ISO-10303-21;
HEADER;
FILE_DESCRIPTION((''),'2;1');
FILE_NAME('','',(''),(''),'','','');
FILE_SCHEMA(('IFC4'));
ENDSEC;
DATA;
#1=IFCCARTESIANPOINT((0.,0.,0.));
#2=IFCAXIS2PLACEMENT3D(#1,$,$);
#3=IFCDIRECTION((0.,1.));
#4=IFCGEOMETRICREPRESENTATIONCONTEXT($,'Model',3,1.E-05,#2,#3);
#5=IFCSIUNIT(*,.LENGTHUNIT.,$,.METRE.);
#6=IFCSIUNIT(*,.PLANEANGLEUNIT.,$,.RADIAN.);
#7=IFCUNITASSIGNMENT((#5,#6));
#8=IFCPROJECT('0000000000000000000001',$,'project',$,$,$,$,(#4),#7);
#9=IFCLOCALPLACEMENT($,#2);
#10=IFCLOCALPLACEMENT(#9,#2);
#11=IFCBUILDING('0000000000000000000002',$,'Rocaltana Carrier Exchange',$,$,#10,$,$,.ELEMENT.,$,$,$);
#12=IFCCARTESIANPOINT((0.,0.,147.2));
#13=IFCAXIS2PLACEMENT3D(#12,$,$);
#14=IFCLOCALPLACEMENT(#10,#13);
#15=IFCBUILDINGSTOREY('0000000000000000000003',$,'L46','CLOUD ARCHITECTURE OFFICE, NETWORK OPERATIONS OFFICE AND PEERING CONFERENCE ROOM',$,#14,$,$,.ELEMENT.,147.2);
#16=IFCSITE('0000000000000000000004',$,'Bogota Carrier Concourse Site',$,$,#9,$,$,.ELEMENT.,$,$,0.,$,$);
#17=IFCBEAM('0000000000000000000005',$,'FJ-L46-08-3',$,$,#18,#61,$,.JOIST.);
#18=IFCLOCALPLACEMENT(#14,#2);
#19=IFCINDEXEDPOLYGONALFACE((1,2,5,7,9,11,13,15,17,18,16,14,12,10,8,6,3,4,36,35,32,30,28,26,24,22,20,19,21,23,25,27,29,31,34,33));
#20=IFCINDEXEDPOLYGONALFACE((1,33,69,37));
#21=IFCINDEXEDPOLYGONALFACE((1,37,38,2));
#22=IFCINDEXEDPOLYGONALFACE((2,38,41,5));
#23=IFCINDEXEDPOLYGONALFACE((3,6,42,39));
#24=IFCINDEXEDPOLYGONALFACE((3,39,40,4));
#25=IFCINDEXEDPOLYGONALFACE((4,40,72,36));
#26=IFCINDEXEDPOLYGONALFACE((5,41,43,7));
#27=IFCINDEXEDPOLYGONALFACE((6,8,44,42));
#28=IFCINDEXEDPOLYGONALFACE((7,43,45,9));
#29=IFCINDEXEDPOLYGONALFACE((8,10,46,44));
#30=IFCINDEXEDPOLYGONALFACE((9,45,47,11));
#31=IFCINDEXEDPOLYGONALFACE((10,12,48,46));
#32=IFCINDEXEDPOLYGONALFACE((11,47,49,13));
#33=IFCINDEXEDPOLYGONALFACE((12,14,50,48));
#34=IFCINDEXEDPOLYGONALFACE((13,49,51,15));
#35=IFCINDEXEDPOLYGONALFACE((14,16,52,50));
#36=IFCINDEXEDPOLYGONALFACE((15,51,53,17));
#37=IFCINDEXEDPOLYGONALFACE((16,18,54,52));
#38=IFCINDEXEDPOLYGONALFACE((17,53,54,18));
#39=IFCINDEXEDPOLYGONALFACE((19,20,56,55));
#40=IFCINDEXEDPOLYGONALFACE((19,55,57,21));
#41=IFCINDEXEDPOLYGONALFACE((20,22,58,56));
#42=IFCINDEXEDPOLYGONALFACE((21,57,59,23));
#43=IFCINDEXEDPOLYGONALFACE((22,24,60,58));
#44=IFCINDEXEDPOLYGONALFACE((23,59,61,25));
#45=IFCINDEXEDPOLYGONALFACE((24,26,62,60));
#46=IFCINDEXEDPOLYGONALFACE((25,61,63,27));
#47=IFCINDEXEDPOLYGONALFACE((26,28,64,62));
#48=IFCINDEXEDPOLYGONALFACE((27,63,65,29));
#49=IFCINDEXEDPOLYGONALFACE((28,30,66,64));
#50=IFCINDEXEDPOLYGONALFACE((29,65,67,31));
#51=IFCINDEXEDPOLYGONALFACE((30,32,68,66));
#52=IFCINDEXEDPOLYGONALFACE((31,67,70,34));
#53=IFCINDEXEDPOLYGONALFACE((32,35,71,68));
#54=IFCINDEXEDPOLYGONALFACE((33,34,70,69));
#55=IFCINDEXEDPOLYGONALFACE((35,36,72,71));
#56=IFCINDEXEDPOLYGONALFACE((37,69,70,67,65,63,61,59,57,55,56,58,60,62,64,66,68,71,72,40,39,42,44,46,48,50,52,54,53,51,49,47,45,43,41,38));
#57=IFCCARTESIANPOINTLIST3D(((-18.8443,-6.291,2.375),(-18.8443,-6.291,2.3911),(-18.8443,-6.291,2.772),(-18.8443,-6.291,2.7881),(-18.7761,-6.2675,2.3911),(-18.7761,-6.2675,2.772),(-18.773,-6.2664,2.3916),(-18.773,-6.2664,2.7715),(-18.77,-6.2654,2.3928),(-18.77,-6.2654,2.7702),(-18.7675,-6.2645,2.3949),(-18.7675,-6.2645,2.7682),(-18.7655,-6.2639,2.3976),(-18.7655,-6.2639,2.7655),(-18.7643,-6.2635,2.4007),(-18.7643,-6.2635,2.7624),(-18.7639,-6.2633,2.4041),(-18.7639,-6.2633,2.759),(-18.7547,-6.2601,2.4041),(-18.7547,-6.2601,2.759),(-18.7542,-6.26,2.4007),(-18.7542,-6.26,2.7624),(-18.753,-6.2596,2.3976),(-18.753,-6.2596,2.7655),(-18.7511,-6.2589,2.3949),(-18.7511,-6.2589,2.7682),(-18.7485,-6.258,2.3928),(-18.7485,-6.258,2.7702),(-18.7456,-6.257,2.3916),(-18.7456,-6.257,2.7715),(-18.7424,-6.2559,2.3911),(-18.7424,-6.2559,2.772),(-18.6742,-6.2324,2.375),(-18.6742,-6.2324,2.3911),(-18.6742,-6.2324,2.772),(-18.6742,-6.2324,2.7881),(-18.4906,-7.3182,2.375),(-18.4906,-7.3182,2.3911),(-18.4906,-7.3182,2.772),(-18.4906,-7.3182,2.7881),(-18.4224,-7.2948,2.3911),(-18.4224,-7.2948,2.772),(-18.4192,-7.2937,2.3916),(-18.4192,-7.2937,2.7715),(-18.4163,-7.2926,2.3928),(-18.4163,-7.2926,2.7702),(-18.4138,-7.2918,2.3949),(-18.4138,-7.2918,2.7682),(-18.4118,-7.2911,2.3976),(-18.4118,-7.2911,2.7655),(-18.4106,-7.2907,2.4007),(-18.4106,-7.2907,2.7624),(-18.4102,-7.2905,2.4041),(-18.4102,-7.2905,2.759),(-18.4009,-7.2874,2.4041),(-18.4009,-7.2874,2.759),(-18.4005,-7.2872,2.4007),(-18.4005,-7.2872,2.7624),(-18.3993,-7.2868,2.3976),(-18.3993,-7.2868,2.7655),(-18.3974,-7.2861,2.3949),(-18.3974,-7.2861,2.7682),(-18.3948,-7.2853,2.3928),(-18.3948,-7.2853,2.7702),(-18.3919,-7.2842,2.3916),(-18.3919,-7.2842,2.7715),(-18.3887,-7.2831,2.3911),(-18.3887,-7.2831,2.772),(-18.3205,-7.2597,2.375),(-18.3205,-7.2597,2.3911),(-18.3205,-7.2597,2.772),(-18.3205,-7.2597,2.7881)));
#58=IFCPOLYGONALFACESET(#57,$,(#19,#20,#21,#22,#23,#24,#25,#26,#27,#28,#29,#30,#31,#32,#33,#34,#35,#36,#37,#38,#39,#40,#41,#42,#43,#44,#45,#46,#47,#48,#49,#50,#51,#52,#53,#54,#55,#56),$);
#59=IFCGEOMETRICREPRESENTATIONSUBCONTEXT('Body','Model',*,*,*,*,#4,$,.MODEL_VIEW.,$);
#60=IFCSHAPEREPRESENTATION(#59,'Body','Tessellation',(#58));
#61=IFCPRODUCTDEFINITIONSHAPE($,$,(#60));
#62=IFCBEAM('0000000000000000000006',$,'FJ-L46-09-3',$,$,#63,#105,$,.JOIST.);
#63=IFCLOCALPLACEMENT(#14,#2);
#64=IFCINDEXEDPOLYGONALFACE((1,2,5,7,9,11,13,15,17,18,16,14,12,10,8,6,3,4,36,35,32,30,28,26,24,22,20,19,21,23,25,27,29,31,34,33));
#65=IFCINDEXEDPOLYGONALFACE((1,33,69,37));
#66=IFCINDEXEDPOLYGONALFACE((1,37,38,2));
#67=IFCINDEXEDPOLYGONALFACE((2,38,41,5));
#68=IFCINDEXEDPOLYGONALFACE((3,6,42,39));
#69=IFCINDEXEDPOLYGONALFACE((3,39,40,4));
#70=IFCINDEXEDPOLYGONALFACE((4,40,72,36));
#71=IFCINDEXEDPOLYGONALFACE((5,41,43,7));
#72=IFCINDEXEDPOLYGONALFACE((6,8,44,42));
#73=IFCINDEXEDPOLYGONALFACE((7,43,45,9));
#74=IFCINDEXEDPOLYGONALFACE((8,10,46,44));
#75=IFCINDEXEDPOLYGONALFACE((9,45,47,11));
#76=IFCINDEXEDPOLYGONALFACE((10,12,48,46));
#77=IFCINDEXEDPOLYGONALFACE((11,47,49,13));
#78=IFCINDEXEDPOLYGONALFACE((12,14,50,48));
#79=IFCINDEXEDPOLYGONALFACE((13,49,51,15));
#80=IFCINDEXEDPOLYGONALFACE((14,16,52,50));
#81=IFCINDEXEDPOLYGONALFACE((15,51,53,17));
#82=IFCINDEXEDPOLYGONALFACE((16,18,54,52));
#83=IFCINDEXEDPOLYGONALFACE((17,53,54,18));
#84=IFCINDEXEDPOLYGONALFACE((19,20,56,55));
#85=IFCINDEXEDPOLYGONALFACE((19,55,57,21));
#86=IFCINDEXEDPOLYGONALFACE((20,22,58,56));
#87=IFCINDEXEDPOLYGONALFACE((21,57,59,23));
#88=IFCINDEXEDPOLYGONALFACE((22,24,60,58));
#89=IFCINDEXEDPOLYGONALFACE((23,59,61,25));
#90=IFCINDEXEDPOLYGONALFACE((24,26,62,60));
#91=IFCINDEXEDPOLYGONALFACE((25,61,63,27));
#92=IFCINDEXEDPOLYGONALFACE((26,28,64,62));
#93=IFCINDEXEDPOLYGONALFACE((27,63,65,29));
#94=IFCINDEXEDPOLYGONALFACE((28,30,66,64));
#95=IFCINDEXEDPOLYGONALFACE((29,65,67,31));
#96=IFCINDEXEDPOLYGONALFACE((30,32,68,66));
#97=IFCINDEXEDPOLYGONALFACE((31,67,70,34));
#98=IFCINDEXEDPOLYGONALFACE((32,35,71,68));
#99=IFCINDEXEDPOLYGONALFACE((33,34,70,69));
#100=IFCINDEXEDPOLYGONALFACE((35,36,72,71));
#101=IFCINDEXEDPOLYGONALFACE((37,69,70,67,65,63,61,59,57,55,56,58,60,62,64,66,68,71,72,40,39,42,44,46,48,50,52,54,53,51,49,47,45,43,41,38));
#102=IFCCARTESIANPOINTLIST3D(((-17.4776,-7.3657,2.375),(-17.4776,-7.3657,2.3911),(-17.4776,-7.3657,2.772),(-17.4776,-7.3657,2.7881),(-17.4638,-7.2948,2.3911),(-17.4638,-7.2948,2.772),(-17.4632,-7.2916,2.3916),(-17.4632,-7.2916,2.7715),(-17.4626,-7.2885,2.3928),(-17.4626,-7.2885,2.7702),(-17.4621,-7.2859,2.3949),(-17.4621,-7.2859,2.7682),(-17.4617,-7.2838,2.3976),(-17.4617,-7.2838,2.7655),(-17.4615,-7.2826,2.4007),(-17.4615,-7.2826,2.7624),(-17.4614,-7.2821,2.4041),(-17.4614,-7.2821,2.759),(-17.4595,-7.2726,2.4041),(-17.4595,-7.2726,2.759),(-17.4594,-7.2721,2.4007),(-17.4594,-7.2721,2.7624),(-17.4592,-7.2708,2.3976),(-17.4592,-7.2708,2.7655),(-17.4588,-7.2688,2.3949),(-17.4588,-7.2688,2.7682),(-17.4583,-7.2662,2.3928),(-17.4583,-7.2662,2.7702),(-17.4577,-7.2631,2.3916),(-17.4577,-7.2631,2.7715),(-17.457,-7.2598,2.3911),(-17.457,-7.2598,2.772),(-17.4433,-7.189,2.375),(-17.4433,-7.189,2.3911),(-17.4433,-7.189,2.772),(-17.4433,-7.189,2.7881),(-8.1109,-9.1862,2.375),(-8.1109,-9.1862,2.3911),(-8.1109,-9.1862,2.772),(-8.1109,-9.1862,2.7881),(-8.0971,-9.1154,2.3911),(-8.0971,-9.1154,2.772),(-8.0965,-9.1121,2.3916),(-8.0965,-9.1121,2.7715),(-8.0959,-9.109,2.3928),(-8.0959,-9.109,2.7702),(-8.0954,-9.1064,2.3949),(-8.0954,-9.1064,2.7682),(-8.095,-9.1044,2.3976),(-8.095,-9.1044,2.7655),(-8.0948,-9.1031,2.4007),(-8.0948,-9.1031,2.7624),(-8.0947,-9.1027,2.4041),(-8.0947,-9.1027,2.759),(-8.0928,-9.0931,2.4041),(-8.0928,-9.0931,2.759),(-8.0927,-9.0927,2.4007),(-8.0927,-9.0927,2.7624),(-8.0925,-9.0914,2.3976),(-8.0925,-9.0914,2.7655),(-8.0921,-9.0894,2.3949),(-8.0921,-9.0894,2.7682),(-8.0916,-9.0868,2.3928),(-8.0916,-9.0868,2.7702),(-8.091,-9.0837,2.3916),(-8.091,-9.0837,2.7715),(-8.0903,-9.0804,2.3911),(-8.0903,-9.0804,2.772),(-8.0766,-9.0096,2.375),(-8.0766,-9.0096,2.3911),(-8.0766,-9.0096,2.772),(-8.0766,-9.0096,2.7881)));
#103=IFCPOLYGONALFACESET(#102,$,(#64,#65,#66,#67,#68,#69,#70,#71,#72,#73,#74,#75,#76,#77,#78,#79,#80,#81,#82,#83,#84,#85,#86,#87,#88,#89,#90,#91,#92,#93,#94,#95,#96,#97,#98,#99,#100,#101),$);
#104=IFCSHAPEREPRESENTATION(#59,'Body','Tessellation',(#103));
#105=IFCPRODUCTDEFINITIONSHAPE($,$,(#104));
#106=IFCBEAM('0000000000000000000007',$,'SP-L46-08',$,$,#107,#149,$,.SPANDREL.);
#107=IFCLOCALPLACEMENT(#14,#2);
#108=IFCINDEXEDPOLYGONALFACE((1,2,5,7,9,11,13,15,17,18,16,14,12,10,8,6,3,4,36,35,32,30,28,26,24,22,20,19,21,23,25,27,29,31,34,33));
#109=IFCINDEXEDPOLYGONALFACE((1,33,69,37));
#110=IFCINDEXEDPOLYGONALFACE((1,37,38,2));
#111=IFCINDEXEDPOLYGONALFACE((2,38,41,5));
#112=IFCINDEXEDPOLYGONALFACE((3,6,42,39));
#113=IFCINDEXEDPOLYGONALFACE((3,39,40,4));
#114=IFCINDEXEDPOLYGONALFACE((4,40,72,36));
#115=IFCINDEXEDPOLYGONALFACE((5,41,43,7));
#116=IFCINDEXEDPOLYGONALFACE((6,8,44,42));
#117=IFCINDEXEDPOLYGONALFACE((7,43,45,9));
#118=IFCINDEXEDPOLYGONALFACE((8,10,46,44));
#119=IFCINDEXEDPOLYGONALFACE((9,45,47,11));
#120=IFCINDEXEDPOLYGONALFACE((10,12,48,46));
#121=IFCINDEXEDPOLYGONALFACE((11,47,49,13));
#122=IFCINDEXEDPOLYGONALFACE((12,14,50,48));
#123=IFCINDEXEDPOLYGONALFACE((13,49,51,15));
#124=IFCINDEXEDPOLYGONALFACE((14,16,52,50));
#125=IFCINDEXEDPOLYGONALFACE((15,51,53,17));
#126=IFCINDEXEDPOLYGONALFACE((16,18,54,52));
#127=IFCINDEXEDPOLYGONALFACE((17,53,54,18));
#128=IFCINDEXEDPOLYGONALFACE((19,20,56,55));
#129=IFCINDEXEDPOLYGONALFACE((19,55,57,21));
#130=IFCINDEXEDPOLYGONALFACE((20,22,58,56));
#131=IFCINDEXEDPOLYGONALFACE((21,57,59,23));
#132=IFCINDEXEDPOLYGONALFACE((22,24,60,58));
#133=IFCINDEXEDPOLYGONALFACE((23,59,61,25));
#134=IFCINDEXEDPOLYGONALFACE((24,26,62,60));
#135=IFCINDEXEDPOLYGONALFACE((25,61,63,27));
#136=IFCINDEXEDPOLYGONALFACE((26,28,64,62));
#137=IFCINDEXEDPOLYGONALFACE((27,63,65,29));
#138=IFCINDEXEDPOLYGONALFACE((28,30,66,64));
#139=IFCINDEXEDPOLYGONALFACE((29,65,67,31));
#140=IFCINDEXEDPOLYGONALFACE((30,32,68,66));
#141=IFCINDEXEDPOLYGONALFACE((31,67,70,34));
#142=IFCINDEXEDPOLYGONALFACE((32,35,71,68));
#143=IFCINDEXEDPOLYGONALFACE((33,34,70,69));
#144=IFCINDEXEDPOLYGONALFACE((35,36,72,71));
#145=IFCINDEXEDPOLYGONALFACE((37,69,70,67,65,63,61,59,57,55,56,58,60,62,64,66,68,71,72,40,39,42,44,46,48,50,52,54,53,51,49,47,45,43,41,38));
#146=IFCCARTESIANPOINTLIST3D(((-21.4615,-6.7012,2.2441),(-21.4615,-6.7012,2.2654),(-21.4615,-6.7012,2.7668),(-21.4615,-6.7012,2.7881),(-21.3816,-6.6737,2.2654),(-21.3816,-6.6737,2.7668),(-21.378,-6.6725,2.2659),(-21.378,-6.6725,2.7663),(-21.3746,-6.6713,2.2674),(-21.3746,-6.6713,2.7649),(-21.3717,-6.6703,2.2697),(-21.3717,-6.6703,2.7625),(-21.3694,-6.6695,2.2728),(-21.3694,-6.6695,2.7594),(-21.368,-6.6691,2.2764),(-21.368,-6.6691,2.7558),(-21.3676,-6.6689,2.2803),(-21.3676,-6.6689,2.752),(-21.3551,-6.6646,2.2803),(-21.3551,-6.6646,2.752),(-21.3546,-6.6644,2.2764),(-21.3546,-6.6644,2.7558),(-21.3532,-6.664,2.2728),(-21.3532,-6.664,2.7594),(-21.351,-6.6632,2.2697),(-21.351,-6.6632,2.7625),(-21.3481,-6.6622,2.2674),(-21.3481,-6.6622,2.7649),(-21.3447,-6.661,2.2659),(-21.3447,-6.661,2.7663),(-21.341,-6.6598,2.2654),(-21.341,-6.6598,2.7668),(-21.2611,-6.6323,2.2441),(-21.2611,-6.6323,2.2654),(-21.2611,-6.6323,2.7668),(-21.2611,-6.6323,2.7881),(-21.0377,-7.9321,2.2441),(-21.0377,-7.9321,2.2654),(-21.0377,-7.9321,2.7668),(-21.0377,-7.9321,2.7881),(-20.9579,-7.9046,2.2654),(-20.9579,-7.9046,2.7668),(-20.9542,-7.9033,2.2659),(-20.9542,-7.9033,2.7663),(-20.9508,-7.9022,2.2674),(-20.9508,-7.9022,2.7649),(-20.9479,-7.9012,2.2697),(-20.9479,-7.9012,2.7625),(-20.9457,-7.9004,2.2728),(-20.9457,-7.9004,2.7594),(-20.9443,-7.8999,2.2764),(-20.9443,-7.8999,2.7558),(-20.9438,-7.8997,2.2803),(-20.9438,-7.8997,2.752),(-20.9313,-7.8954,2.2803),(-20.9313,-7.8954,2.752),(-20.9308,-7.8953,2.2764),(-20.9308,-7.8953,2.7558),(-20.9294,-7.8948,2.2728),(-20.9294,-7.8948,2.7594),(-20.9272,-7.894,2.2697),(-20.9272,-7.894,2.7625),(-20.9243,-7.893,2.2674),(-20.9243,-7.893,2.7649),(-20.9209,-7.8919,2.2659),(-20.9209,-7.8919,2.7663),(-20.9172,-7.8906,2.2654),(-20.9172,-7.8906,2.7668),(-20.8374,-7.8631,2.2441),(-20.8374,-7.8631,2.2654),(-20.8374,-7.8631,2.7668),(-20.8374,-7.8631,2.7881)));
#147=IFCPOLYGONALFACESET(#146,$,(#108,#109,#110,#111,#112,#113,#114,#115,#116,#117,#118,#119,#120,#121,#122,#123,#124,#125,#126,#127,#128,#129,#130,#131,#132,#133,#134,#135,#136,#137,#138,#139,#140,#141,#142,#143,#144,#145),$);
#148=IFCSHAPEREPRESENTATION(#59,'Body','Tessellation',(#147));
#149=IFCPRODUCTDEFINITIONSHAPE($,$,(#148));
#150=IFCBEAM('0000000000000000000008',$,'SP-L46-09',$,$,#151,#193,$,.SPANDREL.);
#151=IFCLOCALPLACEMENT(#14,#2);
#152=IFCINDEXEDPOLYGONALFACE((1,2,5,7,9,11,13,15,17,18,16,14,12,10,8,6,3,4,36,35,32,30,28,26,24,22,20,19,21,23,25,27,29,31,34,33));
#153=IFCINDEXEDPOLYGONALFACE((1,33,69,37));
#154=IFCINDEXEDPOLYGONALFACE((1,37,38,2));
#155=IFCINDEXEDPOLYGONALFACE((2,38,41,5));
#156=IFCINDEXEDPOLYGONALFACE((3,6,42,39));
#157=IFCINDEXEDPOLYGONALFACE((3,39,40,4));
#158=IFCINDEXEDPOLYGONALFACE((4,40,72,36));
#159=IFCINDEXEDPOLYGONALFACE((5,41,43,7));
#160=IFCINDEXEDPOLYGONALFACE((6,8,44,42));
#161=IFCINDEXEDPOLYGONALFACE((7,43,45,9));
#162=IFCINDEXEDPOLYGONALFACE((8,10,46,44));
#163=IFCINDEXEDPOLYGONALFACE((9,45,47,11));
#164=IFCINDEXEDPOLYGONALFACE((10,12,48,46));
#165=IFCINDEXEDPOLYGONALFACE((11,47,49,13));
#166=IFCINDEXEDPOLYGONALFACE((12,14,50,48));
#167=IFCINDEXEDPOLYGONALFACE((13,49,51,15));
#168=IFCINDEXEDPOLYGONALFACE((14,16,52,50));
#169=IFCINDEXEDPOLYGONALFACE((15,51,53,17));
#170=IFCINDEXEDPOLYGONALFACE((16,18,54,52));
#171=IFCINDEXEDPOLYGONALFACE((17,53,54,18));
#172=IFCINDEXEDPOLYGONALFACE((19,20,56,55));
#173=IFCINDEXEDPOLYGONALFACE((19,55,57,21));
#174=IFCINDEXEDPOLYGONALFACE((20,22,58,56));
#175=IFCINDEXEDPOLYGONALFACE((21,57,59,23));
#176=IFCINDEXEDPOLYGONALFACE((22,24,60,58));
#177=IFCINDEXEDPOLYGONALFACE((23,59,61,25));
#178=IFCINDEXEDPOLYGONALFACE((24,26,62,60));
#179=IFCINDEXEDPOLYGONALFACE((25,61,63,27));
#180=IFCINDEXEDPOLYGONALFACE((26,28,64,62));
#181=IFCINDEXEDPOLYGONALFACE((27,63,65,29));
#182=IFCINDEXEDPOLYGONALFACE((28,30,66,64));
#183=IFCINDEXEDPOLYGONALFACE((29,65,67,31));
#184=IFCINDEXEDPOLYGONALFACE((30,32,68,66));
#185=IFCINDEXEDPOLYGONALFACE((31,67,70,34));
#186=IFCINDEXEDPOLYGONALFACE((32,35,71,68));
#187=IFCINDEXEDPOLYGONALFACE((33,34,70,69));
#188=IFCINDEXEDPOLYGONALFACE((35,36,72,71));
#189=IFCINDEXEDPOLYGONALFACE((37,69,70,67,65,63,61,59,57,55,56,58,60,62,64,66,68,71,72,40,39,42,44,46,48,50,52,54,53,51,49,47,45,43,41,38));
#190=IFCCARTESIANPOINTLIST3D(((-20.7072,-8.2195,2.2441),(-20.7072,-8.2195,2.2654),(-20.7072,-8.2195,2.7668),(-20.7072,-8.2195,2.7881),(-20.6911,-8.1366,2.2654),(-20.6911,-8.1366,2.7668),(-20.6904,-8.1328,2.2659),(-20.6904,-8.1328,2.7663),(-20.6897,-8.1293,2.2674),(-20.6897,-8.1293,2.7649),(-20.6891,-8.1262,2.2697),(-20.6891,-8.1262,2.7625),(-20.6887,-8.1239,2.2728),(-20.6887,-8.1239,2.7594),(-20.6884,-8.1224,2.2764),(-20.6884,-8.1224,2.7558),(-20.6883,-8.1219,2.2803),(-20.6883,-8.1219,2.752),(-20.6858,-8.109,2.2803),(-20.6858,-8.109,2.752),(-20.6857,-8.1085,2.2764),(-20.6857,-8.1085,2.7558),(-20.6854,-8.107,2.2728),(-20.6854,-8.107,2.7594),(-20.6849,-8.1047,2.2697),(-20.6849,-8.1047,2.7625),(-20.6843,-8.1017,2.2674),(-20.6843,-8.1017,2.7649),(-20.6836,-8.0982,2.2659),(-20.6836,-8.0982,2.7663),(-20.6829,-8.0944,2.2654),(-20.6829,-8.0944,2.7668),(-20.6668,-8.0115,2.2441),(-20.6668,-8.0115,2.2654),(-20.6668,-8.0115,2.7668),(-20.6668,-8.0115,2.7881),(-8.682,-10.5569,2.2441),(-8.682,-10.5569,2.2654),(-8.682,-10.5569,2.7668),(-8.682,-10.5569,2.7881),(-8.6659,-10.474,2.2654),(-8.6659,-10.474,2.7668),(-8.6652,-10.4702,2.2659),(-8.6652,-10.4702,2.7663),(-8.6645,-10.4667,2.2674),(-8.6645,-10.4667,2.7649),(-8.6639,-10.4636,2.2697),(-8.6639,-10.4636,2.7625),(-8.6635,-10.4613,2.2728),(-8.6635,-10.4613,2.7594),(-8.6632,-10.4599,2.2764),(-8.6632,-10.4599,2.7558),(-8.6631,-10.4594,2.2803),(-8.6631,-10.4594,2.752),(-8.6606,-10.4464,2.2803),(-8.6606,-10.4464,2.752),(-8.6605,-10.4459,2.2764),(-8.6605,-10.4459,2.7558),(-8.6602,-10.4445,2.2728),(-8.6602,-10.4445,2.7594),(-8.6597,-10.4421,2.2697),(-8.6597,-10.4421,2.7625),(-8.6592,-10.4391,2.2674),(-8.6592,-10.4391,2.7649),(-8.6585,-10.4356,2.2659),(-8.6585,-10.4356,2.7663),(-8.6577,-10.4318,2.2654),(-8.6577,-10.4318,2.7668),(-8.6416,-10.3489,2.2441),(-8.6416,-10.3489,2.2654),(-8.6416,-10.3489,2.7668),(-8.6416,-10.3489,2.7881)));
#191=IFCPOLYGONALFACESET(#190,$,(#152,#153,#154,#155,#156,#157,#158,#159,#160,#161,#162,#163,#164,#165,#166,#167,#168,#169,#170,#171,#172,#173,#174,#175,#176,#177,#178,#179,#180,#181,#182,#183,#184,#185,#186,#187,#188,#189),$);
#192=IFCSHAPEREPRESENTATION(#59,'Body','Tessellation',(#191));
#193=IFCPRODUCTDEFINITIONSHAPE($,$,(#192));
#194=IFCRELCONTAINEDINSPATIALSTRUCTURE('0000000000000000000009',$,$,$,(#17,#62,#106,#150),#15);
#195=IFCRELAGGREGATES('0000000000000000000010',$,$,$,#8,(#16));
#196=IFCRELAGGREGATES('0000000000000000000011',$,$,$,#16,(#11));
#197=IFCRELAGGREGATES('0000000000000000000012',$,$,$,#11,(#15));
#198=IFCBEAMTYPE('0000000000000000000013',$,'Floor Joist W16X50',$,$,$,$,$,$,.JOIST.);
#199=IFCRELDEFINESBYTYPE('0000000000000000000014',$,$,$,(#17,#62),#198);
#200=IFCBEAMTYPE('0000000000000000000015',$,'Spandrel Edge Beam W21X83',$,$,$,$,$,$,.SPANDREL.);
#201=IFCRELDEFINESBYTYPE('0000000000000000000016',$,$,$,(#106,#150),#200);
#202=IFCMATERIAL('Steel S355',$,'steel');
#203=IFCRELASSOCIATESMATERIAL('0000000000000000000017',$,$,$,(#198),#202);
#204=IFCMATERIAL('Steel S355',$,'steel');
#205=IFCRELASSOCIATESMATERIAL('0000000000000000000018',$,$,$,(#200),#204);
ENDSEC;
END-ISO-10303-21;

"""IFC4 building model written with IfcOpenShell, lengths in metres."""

from ifc_helpers import new_model, si_unit, direction, frame, origin, origin_2d, place, context, subcontext, project, spatial, i_section, extrude, material, material_profile, profile_set, type_object, element, save


model = new_model("IFC4")

# Units and contexts
model_context = context("Model", 3, precision=1e-05, world=origin(), true_north=direction((0.0, 1.0)))
body_context = subcontext(model_context, "Body", "Model", "MODEL_VIEW")
ifc_project = project(units=[si_unit("LENGTHUNIT", "METRE"), si_unit("PLANEANGLEUNIT", "RADIAN")], contexts=[model_context])

# Site, building, storey
site_placement = place(None, origin())
site = spatial("IfcSite", under=ifc_project, at=site_placement, Name="Bogota Carrier Concourse Site", CompositionType="ELEMENT", RefElevation=0.0)
building_placement = place(site_placement, origin())
building = spatial("IfcBuilding", under=site, at=building_placement, Name="Rocaltana Carrier Exchange", CompositionType="ELEMENT")
storey_placement = place(building_placement, frame((0.0, 0.0, 147.2)))
storey = spatial("IfcBuildingStorey", under=building, at=storey_placement, Name="L46", Description="CLOUD ARCHITECTURE OFFICE, NETWORK OPERATIONS OFFICE AND PEERING CONFERENCE ROOM", CompositionType="ELEMENT", Elevation=147.2)

# Beams
ifc_material_1 = material(Name="Steel S355", Category="steel")
ifc_material_profile_1 = material_profile(ifc_material_1, i_section(OverallWidth=0.1799, OverallDepth=0.4131, WebThickness=0.0098, FlangeThickness=0.0161, FilletRadius=0.0129, at=origin_2d()), Name="W16X50")
ifc_profile_set_1 = profile_set([ifc_material_profile_1], Name="Steel S355")
beam_type_1 = type_object("IfcBeamType", Name="Floor Joist W16X50", PredefinedType="JOIST", material=ifc_profile_set_1)
beam_1_placement = place(storey_placement, frame((-18.7593, -6.2617, 2.5815), z_axis=(0.325582, -0.945514, 0.0), x_axis=(0.945514, 0.325582, 0.0)))
element("IfcBeam", 1, at=beam_1_placement, inside=storey, type_object=beam_type_1, Name="FJ-L46-08-3", PredefinedType="JOIST", context=body_context, shape_type="SweptSolid", body=[
    extrude(i_section(OverallWidth=0.1799, OverallDepth=0.4131, WebThickness=0.0098, FlangeThickness=0.0161, FilletRadius=0.0129, at=origin_2d()), origin(), (0.0, 0.0, 1.0), 1.0864),
])
beam_2_placement = place(storey_placement, frame((-17.4604, -7.2773, 2.5815), z_axis=(0.98163, -0.190794, 0.0), x_axis=(0.190794, 0.98163, 0.0)))
element("IfcBeam", 2, at=beam_2_placement, inside=storey, type_object=beam_type_1, Name="FJ-L46-09-3", PredefinedType="JOIST", context=body_context, shape_type="SweptSolid", body=[
    extrude(i_section(OverallWidth=0.1799, OverallDepth=0.4131, WebThickness=0.0098, FlangeThickness=0.0161, FilletRadius=0.0129, at=origin_2d()), origin(), (0.0, 0.0, 1.0), 9.542),
])
ifc_material_2 = material(Name="Steel S355", Category="steel")
ifc_material_profile_2 = material_profile(ifc_material_2, i_section(OverallWidth=0.2119, OverallDepth=0.5439, WebThickness=0.0132, FlangeThickness=0.0212, FilletRadius=0.0149, at=origin_2d()), Name="W21X83")
ifc_profile_set_2 = profile_set([ifc_material_profile_2], Name="Steel S355")
beam_type_2 = type_object("IfcBeamType", Name="Spandrel Edge Beam W21X83", PredefinedType="SPANDREL", material=ifc_profile_set_2)
beam_3_placement = place(storey_placement, frame((-21.3613, -6.6667, 2.5161), z_axis=(0.325551, -0.945524, 0.0), x_axis=(0.945524, 0.325551, 0.0)))
element("IfcBeam", 3, at=beam_3_placement, inside=storey, type_object=beam_type_2, Name="SP-L46-08", PredefinedType="SPANDREL", context=body_context, shape_type="SweptSolid", body=[
    extrude(i_section(OverallWidth=0.2119, OverallDepth=0.5439, WebThickness=0.0132, FlangeThickness=0.0212, FilletRadius=0.0149, at=origin_2d()), origin(), (0.0, 0.0, 1.0), 1.3018),
])
beam_4_placement = place(storey_placement, frame((-20.687, -8.1155, 2.5161), z_axis=(0.981628, -0.190805, 0.0), x_axis=(0.190805, 0.981628, 0.0)))
element("IfcBeam", 4, at=beam_4_placement, inside=storey, type_object=beam_type_2, Name="SP-L46-09", PredefinedType="SPANDREL", context=body_context, shape_type="SweptSolid", body=[
    extrude(i_section(OverallWidth=0.2119, OverallDepth=0.5439, WebThickness=0.0132, FlangeThickness=0.0212, FilletRadius=0.0149, at=origin_2d()), origin(), (0.0, 0.0, 1.0), 12.2502),
])

save(model, "model.ifc")
